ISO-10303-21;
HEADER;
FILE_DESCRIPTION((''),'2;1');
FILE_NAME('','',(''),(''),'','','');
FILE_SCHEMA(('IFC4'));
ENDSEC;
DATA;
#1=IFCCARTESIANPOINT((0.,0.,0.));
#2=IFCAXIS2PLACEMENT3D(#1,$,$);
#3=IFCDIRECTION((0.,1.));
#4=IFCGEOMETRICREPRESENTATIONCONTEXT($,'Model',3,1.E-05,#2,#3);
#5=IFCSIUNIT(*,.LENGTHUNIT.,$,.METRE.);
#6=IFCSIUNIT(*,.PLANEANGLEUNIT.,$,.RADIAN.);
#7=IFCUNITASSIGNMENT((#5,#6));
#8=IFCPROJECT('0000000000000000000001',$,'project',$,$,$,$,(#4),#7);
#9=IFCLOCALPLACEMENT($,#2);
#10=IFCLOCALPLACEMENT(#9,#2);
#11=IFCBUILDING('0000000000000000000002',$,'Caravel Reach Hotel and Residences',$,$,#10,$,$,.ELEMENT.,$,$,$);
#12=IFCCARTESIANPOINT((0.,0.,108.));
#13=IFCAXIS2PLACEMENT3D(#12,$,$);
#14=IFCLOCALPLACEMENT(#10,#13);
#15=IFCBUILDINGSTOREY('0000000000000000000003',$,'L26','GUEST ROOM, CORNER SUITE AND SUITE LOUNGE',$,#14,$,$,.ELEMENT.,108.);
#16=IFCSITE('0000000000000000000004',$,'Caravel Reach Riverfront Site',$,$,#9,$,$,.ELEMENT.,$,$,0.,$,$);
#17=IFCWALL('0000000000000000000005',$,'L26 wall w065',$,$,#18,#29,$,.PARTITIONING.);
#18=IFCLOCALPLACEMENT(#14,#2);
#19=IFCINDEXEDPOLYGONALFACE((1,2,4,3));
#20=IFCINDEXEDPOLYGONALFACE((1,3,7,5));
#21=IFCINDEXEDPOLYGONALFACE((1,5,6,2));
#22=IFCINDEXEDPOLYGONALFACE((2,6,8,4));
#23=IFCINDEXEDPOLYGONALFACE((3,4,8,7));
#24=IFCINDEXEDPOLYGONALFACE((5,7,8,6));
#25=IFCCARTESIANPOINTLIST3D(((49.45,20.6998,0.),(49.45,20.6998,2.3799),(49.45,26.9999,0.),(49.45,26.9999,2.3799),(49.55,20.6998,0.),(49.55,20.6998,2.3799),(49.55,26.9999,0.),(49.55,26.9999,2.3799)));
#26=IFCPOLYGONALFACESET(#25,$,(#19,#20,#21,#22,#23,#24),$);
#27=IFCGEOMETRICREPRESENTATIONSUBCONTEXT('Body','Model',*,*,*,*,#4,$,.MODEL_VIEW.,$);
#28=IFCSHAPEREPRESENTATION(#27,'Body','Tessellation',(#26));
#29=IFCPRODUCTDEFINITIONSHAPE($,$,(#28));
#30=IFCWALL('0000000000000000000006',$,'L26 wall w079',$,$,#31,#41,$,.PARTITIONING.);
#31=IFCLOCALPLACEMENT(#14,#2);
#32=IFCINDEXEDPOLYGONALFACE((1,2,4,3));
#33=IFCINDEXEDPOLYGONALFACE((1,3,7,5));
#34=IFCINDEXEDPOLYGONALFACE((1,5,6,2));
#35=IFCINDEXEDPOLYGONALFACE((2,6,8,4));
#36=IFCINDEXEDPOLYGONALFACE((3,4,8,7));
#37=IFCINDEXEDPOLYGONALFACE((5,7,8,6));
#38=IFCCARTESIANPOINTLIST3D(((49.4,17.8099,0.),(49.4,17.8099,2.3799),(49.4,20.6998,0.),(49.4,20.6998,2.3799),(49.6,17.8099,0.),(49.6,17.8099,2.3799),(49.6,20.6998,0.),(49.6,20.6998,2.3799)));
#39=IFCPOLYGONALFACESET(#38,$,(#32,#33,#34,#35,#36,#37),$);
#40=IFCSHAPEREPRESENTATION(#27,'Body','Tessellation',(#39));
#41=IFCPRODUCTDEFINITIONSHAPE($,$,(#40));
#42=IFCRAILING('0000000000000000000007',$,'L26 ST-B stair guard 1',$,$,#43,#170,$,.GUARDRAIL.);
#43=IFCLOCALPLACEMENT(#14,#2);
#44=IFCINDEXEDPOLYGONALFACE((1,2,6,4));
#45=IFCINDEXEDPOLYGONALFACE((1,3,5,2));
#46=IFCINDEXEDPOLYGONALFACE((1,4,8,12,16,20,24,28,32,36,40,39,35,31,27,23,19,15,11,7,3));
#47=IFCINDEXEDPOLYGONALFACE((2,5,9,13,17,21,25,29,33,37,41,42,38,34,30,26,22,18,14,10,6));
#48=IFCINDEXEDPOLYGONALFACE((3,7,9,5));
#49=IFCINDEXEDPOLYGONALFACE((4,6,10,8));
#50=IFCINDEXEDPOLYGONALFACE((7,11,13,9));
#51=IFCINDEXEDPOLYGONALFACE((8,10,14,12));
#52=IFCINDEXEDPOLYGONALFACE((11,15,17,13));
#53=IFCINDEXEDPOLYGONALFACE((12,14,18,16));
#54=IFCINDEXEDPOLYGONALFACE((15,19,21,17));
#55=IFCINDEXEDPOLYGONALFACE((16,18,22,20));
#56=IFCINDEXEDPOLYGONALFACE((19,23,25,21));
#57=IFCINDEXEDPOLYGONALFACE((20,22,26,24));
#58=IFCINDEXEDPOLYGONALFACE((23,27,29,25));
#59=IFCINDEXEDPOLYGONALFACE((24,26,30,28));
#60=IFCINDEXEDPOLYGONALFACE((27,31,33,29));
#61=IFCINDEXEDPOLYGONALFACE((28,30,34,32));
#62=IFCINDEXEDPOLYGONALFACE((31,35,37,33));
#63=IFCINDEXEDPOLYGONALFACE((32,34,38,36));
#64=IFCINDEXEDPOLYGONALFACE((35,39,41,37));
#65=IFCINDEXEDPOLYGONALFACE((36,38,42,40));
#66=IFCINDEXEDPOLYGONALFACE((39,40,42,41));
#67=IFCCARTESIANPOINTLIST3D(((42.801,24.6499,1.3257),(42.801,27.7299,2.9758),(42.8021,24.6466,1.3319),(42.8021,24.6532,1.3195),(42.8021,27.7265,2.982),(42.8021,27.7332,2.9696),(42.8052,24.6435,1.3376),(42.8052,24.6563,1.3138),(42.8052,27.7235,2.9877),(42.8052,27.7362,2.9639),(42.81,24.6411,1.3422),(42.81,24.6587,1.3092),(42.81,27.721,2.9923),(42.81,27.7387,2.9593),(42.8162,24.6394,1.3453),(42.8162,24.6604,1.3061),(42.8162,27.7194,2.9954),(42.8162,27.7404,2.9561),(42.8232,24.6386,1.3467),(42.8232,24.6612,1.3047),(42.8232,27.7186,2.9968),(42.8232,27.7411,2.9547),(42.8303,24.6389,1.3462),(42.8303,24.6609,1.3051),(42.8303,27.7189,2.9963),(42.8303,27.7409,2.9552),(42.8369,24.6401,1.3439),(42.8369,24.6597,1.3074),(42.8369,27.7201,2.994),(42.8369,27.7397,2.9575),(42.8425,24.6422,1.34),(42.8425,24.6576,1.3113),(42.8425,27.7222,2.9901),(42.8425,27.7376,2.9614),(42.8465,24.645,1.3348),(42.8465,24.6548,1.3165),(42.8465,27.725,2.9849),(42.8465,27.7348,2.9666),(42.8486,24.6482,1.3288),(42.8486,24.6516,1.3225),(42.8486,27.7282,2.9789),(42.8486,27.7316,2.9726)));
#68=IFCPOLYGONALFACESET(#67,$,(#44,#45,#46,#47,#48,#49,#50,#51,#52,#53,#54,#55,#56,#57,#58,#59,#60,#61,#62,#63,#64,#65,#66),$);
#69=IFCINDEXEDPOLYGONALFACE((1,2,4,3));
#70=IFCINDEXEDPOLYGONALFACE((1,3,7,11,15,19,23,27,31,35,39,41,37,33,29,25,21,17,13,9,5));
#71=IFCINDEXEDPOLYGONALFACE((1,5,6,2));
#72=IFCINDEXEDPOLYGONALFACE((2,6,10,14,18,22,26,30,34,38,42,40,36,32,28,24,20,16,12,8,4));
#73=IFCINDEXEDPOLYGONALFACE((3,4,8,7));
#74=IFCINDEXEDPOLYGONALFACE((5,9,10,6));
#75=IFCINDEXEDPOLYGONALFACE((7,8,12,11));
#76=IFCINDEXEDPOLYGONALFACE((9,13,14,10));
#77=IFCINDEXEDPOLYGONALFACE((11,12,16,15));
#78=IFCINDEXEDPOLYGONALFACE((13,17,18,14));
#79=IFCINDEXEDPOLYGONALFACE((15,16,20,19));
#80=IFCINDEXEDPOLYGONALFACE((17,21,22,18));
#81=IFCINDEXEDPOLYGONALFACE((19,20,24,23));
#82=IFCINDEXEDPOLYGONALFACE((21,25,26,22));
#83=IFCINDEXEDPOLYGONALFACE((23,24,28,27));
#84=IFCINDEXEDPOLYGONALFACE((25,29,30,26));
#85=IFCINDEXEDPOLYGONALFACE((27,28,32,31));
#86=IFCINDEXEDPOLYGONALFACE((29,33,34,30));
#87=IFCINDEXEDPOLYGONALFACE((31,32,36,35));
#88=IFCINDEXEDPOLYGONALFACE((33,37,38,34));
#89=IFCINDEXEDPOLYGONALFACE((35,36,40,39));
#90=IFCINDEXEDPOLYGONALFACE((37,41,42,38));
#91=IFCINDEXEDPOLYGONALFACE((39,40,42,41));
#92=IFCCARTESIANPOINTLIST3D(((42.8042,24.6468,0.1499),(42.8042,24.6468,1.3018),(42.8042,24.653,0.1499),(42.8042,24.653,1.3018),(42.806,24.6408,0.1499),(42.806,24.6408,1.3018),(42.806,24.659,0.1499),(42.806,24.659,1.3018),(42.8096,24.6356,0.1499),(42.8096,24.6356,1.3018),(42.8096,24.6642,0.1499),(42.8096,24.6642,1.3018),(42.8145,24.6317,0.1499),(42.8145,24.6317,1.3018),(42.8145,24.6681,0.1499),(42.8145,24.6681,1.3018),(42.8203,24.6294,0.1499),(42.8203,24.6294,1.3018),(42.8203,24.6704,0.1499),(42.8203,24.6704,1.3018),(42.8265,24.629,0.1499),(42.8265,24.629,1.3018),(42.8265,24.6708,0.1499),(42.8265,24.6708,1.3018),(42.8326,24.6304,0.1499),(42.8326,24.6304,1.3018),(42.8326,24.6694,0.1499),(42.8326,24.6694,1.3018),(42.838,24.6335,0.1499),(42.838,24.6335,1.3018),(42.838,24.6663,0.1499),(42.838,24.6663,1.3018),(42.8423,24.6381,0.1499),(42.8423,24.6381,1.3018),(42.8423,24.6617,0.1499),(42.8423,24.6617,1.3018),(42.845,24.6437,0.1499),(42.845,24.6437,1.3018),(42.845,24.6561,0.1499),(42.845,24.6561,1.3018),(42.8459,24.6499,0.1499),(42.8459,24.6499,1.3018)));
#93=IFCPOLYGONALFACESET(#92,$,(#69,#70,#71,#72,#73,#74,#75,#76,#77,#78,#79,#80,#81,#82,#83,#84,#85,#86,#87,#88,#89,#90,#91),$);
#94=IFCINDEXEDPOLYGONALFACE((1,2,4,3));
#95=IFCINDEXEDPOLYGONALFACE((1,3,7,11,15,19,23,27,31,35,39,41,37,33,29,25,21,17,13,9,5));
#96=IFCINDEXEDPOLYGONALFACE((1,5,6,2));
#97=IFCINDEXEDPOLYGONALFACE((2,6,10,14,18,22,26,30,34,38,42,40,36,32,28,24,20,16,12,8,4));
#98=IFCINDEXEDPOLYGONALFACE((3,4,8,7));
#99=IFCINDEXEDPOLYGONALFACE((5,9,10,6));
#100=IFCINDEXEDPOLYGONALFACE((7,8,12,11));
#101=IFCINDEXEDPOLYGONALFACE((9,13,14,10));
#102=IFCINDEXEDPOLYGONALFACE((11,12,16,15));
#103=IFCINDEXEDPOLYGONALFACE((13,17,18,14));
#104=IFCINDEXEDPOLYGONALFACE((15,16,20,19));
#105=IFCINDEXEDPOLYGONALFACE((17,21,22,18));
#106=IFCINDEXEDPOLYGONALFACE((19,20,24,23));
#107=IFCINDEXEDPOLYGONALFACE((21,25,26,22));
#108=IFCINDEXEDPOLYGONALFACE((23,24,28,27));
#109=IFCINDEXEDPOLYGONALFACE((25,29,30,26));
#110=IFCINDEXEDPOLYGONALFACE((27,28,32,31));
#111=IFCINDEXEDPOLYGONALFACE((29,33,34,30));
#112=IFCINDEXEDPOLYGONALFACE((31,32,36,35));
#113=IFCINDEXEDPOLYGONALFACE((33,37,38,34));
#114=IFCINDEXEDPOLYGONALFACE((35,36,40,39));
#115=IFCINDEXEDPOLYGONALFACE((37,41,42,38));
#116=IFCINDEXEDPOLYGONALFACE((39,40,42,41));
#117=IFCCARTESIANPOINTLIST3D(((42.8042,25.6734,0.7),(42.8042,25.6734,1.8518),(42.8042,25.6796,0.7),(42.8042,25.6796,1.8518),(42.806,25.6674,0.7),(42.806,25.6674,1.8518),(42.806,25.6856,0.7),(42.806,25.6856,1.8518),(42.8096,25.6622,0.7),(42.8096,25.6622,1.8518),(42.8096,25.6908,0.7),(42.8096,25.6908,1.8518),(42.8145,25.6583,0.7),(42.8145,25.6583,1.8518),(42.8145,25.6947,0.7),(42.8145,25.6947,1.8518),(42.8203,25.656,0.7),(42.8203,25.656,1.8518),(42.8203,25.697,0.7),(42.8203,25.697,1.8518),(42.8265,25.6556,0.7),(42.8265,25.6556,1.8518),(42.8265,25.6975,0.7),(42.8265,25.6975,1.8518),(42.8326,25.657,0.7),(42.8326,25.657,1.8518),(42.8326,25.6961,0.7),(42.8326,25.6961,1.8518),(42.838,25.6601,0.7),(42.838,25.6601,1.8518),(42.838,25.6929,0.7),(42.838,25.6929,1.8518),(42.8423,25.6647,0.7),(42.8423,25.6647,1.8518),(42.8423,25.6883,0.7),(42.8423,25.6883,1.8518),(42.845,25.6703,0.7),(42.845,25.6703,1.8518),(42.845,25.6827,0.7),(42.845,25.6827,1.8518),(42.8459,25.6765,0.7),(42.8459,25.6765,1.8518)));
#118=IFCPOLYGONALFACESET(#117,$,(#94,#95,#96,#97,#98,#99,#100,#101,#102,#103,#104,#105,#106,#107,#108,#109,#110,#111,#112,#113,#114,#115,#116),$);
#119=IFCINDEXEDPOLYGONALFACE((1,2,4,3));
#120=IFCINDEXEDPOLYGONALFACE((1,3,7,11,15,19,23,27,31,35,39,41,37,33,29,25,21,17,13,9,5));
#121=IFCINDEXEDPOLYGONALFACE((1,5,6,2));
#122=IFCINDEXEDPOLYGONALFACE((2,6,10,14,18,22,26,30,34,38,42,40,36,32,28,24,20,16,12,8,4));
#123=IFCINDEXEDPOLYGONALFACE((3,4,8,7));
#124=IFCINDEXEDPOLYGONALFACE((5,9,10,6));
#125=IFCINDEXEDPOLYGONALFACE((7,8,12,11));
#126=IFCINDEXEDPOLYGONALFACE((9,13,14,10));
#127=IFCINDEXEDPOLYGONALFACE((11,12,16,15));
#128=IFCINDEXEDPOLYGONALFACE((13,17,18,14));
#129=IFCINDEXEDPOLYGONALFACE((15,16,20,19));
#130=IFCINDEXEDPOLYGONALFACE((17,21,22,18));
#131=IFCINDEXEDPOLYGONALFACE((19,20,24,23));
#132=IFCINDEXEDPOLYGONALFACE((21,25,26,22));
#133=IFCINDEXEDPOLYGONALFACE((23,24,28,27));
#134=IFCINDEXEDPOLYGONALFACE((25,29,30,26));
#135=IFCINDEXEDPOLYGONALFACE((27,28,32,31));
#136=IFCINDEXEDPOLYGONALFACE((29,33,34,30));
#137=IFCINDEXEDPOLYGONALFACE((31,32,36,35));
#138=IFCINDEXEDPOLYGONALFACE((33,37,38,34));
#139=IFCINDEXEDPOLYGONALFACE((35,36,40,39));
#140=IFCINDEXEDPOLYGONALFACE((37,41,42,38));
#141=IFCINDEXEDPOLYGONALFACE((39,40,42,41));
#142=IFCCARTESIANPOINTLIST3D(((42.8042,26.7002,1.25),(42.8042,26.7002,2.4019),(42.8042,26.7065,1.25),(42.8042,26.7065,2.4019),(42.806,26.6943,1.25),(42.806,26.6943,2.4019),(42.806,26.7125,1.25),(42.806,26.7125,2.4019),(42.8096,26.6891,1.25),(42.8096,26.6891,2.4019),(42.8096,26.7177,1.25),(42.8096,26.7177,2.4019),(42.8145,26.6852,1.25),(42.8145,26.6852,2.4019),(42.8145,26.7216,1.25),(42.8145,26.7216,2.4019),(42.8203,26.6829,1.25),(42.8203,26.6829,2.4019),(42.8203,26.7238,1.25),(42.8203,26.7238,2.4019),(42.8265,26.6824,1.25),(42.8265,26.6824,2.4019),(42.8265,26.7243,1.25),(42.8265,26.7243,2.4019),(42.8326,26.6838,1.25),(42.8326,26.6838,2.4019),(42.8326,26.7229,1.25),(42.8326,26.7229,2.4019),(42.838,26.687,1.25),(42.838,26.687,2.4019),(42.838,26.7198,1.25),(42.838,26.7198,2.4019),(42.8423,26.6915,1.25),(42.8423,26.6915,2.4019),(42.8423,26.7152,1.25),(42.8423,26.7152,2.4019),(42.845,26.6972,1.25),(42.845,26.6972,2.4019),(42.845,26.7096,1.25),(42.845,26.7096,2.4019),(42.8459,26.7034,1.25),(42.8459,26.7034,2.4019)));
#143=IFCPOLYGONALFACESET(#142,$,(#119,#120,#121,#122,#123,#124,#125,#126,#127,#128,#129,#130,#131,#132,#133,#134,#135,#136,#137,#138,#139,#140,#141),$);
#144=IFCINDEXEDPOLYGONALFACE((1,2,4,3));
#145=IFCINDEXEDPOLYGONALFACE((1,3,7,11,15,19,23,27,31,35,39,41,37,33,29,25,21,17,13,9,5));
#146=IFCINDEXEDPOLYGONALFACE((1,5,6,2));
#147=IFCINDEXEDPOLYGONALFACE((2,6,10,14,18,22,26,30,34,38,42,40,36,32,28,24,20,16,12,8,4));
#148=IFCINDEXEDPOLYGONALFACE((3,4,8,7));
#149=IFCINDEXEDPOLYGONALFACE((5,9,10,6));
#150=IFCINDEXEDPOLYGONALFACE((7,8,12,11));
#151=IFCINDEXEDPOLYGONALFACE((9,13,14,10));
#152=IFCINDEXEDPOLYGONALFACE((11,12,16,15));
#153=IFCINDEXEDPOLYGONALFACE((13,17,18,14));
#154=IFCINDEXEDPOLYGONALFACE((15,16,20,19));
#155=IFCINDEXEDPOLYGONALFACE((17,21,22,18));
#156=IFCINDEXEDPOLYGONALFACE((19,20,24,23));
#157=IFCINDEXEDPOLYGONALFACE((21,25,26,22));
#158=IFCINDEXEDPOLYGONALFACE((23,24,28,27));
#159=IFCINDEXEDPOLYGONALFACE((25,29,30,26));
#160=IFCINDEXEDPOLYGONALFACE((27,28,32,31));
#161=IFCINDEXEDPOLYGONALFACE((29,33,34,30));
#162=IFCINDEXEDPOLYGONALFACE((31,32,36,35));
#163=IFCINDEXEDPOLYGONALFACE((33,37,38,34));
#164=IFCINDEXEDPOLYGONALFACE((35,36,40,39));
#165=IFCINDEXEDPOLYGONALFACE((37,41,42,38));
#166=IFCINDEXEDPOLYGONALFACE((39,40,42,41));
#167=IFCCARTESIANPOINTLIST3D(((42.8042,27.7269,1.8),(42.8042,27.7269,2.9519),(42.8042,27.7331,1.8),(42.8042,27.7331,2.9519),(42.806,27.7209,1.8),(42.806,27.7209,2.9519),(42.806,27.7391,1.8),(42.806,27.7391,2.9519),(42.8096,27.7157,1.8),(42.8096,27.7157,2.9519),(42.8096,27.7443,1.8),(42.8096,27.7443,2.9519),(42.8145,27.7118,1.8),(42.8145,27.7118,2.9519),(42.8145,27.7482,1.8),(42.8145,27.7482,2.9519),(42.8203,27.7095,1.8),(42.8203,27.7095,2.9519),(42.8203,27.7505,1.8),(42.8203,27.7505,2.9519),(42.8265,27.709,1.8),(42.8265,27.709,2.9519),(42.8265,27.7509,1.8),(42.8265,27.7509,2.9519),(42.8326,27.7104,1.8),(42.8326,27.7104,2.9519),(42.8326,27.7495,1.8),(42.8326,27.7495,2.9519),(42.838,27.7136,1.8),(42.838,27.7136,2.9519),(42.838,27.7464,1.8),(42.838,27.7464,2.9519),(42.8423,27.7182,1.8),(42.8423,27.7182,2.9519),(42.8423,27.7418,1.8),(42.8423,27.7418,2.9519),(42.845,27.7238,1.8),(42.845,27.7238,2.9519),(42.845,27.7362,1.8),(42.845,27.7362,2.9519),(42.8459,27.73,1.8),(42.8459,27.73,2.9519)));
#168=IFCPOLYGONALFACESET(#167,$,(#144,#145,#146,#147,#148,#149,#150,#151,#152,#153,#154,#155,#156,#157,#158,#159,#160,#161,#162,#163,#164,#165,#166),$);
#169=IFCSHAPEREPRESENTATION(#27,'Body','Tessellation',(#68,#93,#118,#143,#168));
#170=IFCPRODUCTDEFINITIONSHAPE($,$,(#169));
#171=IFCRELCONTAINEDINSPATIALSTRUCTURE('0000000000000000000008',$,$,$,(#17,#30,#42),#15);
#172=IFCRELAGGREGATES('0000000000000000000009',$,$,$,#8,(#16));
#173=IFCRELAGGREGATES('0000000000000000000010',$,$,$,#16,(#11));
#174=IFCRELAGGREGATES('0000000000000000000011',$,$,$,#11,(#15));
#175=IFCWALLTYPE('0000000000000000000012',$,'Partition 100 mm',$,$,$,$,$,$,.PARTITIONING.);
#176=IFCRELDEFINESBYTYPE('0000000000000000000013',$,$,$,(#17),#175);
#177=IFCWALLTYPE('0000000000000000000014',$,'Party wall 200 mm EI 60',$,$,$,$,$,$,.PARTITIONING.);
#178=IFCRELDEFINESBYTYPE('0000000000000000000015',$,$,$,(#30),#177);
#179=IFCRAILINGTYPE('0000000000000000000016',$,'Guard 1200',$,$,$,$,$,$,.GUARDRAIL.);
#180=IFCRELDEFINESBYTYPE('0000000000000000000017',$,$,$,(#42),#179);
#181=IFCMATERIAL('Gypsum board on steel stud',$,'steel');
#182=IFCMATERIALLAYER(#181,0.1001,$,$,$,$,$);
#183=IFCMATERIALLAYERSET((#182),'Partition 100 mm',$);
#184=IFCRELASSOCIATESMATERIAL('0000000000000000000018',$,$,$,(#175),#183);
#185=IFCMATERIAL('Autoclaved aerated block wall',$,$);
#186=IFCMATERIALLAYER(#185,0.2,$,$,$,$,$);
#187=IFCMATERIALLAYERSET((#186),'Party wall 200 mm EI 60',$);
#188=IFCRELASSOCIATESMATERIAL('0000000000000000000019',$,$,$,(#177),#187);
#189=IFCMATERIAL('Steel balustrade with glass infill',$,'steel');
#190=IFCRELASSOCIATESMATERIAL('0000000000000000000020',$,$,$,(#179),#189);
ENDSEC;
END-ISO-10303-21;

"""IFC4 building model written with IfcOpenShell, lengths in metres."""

from ifc_helpers import new_model, si_unit, direction, frame, frame_2d, origin, origin_2d, place, context, subcontext, project, spatial, rectangle, circle, extrude, material, layer, layer_set, type_object, element, save


model = new_model("IFC4")

# Units and contexts
model_context = context("Model", 3, precision=1e-05, world=origin(), true_north=direction((0.0, 1.0)))
body_context = subcontext(model_context, "Body", "Model", "MODEL_VIEW")
ifc_project = project(units=[si_unit("LENGTHUNIT", "METRE"), si_unit("PLANEANGLEUNIT", "RADIAN")], contexts=[model_context])

# Site, building, storey
site_placement = place(None, origin())
site = spatial("IfcSite", under=ifc_project, at=site_placement, Name="Caravel Reach Riverfront Site", CompositionType="ELEMENT", RefElevation=0.0)
building_placement = place(site_placement, origin())
building = spatial("IfcBuilding", under=site, at=building_placement, Name="Caravel Reach Hotel and Residences", CompositionType="ELEMENT")
storey_placement = place(building_placement, frame((0.0, 0.0, 108.0)))
storey = spatial("IfcBuildingStorey", under=building, at=storey_placement, Name="L26", Description="GUEST ROOM, CORNER SUITE AND SUITE LOUNGE", CompositionType="ELEMENT", Elevation=108.0)

# Walls
ifc_material_1 = material(Name="Gypsum board on steel stud", Category="steel")
ifc_layer_1 = layer(ifc_material_1, 0.1001)
ifc_layer_set_1 = layer_set([ifc_layer_1], Name="Partition 100 mm")
wall_type_1 = type_object("IfcWallType", Name="Partition 100 mm", PredefinedType="PARTITIONING", material=ifc_layer_set_1)
wall_1_placement = place(storey_placement, frame((49.5, 20.7, 0.0), z_axis=(0.0, 0.0, 1.0), x_axis=(0.0, 1.0, 0.0)))
element("IfcWall", 1, at=wall_1_placement, inside=storey, type_object=wall_type_1, Name="L26 wall w065", PredefinedType="PARTITIONING", context=body_context, shape_type="SweptSolid", body=[
    extrude(rectangle(XDim=6.3, YDim=0.1001, at=frame_2d((3.1499, 0.0))), origin(), (0.0, 0.0, 1.0), 2.3799),
])
ifc_material_2 = material(Name="Autoclaved aerated block wall")
ifc_layer_2 = layer(ifc_material_2, 0.2)
ifc_layer_set_2 = layer_set([ifc_layer_2], Name="Party wall 200 mm EI 60")
wall_type_2 = type_object("IfcWallType", Name="Party wall 200 mm EI 60", PredefinedType="PARTITIONING", material=ifc_layer_set_2)
wall_2_placement = place(storey_placement, frame((49.5, 17.8101, 0.0), z_axis=(0.0, 0.0, 1.0), x_axis=(0.0, 1.0, 0.0)))
element("IfcWall", 2, at=wall_2_placement, inside=storey, type_object=wall_type_2, Name="L26 wall w079", PredefinedType="PARTITIONING", context=body_context, shape_type="SweptSolid", body=[
    extrude(rectangle(XDim=2.8899, YDim=0.2, at=frame_2d((1.4448, 0.0))), origin(), (0.0, 0.0, 1.0), 2.3799),
])

# Railing
ifc_material_3 = material(Name="Steel balustrade with glass infill", Category="steel")
railing_type_1 = type_object("IfcRailingType", Name="Guard 1200", PredefinedType="GUARDRAIL", material=ifc_material_3)
railing_1_placement = place(storey_placement, frame((42.825, 24.6499, 0.1499)))
element("IfcRailing", 3, at=railing_1_placement, inside=storey, type_object=railing_type_1, Name="L26 ST-B stair guard 1", PredefinedType="GUARDRAIL", context=body_context, shape_type="SweptSolid", body=[
    extrude(circle(Radius=0.0239, at=origin_2d()), frame((0.0, 0.0, 1.1758), z_axis=(0.0, 0.881468, 0.472245), x_axis=(-1.0, 0.0, 0.0)), (0.0, 0.0, 1.0), 3.4941),
    extrude(circle(Radius=0.021, at=origin_2d()), origin(), (0.0, 0.0, 1.0), 1.1519),
    extrude(circle(Radius=0.021, at=origin_2d()), frame((0.0, 1.0266, 0.55)), (0.0, 0.0, 1.0), 1.1519),
    extrude(circle(Radius=0.021, at=origin_2d()), frame((0.0, 2.0535, 1.1001)), (0.0, 0.0, 1.0), 1.1519),
    extrude(circle(Radius=0.021, at=origin_2d()), frame((0.0, 3.0801, 1.6501)), (0.0, 0.0, 1.0), 1.1519),
])

save(model, "model.ifc")
